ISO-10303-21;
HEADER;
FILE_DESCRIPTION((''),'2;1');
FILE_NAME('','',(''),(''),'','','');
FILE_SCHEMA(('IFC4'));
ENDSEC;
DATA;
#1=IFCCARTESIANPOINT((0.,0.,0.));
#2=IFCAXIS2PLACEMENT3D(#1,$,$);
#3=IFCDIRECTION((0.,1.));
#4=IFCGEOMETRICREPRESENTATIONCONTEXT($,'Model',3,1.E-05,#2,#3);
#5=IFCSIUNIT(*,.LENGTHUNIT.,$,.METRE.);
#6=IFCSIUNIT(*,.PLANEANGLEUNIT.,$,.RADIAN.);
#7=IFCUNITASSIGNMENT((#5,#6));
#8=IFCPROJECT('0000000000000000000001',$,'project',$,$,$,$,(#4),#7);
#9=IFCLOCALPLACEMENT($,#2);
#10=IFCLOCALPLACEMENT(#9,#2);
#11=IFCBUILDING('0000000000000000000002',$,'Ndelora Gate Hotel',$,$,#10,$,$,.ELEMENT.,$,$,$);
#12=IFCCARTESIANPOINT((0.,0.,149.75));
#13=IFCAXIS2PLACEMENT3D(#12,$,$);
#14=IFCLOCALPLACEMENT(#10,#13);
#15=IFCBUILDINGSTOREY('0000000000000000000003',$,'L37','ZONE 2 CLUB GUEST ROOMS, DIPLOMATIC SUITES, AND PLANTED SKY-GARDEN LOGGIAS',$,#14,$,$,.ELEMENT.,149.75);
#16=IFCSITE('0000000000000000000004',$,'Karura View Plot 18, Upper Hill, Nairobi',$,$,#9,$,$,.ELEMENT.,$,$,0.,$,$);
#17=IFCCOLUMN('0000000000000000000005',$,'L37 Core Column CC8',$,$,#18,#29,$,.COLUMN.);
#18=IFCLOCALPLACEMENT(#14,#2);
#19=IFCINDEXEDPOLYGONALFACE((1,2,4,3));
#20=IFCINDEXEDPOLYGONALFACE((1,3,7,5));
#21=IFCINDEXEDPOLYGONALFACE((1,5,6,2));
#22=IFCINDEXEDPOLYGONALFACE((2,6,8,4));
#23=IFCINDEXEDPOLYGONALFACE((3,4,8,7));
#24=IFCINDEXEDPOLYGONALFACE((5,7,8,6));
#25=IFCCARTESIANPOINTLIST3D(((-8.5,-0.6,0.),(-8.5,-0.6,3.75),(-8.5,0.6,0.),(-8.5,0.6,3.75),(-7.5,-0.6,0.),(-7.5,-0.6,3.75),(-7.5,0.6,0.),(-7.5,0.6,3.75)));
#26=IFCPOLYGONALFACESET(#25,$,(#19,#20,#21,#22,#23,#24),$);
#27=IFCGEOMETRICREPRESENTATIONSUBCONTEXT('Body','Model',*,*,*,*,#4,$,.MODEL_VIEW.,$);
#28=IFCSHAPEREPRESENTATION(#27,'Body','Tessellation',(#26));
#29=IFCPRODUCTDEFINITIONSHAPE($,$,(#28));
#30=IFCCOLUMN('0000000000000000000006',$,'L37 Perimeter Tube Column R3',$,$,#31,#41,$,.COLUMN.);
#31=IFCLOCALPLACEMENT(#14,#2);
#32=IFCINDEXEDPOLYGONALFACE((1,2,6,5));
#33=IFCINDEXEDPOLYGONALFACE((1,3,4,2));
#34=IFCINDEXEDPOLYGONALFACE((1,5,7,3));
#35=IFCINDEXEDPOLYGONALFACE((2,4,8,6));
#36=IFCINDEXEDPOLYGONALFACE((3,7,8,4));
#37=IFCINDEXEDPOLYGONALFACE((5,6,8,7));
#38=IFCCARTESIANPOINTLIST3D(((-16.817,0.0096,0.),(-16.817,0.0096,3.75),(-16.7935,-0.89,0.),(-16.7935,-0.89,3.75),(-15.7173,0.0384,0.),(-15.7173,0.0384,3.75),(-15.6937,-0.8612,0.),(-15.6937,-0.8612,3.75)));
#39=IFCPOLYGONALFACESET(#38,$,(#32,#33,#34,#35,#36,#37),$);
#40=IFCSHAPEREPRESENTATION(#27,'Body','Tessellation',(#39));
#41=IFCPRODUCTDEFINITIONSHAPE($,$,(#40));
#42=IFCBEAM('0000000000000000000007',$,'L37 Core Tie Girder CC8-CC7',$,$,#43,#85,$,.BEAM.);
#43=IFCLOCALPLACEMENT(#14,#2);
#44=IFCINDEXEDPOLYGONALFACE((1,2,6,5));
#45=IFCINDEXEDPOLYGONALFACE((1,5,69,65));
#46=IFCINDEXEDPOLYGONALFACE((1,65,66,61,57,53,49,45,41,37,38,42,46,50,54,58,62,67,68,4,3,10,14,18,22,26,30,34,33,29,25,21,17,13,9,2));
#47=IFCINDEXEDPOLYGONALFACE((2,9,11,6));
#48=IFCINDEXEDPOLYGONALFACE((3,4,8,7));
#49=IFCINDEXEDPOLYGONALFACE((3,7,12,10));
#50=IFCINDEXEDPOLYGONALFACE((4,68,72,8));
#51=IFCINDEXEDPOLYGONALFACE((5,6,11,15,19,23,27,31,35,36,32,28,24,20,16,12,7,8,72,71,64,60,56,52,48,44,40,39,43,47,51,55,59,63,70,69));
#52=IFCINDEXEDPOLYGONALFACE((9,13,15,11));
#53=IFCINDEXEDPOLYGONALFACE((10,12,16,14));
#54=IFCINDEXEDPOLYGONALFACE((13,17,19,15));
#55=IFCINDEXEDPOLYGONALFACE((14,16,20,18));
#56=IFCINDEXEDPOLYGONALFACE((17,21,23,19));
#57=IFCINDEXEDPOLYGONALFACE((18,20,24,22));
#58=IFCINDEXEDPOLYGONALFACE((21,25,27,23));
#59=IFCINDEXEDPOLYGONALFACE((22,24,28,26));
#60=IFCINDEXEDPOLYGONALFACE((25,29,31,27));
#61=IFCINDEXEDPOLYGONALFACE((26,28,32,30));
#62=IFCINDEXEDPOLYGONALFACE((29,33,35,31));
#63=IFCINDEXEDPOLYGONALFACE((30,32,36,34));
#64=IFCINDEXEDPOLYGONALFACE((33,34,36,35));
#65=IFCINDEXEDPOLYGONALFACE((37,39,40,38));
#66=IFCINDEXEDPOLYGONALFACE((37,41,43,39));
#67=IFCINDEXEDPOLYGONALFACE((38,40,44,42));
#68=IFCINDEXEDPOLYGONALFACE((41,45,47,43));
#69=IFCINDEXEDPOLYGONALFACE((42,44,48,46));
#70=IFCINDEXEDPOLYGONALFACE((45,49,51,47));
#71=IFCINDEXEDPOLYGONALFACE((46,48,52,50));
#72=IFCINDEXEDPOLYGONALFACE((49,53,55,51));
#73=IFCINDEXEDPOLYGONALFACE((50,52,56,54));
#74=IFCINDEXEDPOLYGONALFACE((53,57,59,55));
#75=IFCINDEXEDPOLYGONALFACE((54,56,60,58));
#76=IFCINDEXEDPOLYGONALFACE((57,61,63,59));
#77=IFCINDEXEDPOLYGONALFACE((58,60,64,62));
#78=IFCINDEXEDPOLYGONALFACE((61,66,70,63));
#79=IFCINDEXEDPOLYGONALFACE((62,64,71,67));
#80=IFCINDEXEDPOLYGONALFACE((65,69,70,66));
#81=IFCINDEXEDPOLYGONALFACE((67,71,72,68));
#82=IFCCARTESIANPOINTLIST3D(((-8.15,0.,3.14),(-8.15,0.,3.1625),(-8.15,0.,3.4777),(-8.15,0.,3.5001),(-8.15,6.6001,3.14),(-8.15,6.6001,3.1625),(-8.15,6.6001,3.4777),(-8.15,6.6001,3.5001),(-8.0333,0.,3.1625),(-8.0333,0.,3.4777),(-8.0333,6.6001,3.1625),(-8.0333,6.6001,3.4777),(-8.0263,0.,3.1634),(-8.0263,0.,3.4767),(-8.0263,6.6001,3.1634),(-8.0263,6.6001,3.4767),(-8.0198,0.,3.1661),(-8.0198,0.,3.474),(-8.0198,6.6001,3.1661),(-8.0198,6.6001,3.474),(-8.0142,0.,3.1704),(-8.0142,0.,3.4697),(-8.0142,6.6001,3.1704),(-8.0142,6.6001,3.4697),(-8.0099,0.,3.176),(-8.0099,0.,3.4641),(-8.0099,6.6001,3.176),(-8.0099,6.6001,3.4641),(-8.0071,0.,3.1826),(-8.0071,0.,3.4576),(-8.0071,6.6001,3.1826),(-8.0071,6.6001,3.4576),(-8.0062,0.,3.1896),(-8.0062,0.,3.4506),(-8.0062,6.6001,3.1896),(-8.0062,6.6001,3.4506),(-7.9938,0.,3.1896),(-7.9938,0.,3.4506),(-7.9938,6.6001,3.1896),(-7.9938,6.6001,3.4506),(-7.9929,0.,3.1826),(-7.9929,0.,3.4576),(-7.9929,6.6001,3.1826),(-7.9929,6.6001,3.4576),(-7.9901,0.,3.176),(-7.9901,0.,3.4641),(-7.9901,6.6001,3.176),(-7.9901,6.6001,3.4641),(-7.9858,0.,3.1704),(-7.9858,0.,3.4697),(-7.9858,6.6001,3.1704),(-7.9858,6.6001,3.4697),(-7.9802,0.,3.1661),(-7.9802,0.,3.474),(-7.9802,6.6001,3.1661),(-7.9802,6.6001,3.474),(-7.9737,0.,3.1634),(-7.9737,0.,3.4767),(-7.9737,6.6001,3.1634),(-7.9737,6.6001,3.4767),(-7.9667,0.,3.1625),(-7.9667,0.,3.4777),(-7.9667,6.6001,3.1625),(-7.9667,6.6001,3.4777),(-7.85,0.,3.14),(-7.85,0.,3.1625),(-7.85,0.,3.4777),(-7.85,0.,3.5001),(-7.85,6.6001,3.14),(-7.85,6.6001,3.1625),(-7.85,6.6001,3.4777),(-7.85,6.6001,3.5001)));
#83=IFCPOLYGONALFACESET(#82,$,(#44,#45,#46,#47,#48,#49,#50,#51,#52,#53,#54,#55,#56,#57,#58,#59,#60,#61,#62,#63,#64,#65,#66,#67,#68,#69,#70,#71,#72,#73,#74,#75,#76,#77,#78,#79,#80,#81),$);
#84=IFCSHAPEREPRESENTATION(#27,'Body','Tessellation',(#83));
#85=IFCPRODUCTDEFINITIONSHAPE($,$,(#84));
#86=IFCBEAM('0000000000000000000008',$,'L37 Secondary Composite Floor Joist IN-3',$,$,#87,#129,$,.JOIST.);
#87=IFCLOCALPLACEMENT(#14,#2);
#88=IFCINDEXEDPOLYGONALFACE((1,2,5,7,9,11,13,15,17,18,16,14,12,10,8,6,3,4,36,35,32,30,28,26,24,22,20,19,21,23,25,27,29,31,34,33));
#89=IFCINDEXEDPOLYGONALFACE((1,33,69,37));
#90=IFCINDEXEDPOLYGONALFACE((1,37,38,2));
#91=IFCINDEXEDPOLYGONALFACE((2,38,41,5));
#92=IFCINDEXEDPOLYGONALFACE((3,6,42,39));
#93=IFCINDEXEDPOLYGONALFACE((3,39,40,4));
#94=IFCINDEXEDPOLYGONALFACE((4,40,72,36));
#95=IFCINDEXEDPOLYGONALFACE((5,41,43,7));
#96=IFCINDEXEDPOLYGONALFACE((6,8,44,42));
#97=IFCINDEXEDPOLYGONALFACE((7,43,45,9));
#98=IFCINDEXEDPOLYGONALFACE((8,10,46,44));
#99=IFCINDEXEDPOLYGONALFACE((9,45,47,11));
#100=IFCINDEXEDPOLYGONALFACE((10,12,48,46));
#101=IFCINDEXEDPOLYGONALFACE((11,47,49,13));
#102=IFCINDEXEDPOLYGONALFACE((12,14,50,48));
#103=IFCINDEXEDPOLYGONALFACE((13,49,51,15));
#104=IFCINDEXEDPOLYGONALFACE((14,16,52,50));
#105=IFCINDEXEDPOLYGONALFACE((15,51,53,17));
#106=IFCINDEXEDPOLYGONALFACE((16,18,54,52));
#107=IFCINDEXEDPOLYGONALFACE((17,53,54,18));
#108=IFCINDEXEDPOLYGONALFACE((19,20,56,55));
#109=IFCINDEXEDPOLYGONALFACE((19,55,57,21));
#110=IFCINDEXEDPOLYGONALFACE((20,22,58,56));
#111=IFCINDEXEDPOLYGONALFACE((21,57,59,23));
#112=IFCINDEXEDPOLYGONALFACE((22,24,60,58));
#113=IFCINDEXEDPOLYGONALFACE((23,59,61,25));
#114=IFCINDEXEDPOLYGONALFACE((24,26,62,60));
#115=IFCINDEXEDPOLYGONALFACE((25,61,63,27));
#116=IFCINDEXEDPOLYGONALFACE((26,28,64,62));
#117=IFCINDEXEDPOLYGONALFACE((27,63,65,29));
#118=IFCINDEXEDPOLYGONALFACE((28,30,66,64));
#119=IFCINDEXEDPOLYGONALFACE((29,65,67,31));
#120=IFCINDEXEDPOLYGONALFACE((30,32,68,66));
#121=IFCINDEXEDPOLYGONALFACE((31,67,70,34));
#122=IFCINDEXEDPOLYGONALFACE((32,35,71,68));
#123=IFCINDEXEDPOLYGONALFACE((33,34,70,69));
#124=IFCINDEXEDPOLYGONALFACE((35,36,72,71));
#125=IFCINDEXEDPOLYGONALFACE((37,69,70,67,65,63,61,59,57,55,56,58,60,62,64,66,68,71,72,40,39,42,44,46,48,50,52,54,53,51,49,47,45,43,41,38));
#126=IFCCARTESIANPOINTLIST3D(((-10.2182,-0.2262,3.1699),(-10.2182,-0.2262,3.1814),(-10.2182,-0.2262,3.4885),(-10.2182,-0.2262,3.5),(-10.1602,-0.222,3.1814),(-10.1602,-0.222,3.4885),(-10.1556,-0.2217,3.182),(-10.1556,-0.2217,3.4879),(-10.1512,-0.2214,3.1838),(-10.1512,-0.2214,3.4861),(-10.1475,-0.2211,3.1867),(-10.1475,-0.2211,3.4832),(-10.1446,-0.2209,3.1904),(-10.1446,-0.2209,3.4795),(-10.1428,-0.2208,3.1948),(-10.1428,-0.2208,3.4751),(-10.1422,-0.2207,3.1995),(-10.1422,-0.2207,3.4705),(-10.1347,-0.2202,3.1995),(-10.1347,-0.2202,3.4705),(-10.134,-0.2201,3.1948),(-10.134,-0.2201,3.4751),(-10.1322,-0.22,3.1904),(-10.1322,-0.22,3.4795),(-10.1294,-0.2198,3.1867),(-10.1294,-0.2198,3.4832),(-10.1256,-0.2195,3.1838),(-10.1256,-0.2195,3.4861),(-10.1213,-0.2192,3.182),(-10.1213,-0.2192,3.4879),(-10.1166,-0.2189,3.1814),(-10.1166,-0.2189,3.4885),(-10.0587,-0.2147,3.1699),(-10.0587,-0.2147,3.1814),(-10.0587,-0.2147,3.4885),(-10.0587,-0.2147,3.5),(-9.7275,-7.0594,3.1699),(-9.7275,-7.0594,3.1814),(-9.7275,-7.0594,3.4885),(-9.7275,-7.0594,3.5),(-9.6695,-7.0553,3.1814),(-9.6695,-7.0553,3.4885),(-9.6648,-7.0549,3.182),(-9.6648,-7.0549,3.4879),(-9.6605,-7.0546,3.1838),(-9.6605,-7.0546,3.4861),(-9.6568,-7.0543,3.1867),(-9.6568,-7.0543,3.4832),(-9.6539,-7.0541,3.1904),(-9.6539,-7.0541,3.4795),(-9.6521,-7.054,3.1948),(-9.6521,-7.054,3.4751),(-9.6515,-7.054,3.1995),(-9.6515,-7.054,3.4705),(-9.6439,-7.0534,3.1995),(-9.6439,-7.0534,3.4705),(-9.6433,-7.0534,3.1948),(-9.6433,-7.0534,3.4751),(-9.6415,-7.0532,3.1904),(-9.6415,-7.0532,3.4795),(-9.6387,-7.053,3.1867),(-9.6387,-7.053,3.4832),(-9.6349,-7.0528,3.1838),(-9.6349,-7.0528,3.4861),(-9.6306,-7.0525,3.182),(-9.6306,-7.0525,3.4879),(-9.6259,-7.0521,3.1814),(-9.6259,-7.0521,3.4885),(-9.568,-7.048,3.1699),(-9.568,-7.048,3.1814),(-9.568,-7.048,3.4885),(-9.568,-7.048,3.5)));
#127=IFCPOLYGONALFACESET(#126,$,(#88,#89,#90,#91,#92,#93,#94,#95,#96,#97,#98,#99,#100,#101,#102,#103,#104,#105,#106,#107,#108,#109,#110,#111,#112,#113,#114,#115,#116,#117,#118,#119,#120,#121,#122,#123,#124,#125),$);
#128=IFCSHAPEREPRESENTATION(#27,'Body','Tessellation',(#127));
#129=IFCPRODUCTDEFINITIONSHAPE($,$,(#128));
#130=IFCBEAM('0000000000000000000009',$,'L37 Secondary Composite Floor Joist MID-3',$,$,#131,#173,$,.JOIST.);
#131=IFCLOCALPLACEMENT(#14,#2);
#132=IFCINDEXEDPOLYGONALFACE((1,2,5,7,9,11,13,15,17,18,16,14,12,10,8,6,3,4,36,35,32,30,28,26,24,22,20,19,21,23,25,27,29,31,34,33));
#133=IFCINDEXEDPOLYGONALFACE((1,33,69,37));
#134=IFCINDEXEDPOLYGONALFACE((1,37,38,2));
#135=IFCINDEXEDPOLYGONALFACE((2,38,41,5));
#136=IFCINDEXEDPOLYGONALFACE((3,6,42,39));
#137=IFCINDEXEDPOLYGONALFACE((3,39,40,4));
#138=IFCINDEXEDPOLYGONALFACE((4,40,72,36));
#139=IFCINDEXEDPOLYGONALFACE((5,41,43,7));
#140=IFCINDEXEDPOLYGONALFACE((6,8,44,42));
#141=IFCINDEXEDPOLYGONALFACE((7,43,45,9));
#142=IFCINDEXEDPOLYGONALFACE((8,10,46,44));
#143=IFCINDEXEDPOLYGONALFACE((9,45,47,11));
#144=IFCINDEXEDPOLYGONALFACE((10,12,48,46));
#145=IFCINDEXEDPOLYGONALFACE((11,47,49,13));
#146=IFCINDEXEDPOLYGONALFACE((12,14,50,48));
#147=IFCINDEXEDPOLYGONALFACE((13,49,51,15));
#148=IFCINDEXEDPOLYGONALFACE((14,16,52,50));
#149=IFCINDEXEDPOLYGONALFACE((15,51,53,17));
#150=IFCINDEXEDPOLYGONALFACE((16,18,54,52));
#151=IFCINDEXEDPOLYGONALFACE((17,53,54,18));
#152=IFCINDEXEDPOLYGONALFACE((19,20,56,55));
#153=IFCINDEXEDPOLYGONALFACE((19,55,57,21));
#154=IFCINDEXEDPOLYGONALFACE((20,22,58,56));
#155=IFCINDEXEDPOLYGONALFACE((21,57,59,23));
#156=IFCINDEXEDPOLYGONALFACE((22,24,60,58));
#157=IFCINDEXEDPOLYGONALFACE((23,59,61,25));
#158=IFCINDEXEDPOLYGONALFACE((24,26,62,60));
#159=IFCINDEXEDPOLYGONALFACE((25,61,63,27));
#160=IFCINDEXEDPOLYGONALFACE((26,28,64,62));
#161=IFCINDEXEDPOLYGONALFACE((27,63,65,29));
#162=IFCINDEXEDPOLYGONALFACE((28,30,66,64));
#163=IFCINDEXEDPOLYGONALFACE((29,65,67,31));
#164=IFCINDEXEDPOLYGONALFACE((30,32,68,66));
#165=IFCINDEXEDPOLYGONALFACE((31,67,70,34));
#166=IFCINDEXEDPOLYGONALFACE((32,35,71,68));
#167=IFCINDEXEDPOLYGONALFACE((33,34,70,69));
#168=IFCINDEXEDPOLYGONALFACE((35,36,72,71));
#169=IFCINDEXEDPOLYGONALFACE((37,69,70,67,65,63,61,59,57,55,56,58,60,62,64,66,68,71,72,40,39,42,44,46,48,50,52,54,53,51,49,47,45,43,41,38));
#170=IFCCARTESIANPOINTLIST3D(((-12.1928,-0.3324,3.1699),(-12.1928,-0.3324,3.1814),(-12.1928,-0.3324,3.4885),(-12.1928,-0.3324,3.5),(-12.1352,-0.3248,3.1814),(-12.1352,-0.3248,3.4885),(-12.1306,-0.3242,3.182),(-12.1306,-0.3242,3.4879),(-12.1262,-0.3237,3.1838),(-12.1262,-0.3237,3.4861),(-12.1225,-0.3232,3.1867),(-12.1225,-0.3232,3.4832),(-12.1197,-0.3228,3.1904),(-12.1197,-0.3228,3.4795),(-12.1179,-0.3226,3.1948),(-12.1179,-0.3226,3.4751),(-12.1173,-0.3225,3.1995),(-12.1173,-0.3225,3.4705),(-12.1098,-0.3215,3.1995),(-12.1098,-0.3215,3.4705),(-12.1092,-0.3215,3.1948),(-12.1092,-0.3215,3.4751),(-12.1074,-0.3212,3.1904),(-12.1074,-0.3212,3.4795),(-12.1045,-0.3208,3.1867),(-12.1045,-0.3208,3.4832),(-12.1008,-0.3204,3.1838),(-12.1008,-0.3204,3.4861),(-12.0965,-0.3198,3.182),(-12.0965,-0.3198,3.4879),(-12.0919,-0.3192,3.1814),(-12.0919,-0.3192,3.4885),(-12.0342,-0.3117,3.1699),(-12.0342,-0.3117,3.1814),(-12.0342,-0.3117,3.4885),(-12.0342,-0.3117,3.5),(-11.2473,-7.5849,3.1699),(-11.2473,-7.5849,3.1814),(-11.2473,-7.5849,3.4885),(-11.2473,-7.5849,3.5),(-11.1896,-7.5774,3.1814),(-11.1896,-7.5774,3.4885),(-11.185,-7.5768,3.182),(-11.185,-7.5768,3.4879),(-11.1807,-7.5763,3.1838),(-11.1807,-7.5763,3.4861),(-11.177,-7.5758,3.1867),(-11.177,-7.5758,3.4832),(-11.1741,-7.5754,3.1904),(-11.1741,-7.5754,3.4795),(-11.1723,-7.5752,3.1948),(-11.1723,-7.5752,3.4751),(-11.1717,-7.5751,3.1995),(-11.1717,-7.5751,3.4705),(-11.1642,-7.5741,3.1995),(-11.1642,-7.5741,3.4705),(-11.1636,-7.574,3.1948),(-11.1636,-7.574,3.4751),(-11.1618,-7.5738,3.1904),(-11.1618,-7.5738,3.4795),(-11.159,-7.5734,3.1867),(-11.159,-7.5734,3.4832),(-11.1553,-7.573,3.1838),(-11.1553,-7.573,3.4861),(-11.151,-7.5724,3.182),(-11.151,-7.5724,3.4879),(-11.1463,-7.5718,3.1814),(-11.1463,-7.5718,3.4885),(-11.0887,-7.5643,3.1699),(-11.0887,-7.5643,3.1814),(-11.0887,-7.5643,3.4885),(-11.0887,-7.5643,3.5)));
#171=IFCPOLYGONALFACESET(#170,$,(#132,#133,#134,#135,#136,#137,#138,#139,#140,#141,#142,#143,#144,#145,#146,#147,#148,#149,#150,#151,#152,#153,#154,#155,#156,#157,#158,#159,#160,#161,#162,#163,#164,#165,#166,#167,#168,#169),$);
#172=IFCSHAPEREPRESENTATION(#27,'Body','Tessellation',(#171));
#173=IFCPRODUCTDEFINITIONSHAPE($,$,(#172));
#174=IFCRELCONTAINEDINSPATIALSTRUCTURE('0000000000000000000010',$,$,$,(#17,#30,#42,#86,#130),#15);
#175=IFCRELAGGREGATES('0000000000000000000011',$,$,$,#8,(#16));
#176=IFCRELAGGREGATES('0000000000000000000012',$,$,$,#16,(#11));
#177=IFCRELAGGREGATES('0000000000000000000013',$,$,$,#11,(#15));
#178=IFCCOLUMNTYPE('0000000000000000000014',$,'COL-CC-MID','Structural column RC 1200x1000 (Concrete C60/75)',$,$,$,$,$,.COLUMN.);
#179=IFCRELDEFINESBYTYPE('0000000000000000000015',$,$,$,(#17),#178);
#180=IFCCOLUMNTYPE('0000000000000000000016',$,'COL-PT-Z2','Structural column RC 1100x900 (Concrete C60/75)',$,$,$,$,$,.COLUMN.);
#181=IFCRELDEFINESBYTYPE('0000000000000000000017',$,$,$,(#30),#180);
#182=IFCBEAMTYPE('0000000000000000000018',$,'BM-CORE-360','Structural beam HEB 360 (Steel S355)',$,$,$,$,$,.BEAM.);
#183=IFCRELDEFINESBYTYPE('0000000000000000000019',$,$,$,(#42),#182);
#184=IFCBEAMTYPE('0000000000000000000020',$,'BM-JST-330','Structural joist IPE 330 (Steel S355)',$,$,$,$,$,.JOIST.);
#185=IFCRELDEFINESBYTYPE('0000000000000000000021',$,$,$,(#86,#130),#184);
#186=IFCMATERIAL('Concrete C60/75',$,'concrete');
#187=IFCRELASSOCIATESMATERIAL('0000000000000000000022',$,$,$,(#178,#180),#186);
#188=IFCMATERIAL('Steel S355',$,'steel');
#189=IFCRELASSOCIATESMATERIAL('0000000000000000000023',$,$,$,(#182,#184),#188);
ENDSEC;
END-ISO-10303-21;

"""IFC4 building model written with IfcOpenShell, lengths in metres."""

from ifc_helpers import new_model, si_unit, direction, frame, origin, origin_2d, place, context, subcontext, project, spatial, rectangle, i_section, extrude, material, material_profile, profile_set, type_object, element, save


model = new_model("IFC4")

# Units and contexts
model_context = context("Model", 3, precision=1e-05, world=origin(), true_north=direction((0.0, 1.0)))
body_context = subcontext(model_context, "Body", "Model", "MODEL_VIEW")
ifc_project = project(units=[si_unit("LENGTHUNIT", "METRE"), si_unit("PLANEANGLEUNIT", "RADIAN")], contexts=[model_context])

# Site, building, storey
site_placement = place(None, origin())
site = spatial("IfcSite", under=ifc_project, at=site_placement, Name="Karura View Plot 18, Upper Hill, Nairobi", CompositionType="ELEMENT", RefElevation=0.0)
building_placement = place(site_placement, origin())
building = spatial("IfcBuilding", under=site, at=building_placement, Name="Ndelora Gate Hotel", CompositionType="ELEMENT")
storey_placement = place(building_placement, frame((0.0, 0.0, 149.75)))
storey = spatial("IfcBuildingStorey", under=building, at=storey_placement, Name="L37", Description="ZONE 2 CLUB GUEST ROOMS, DIPLOMATIC SUITES, AND PLANTED SKY-GARDEN LOGGIAS", CompositionType="ELEMENT", Elevation=149.75)

# Columns
ifc_material_1 = material(Name="Concrete C60/75", Category="concrete")
ifc_material_profile_1 = material_profile(ifc_material_1, rectangle(XDim=1.0, YDim=1.2, at=origin_2d()), Name="RC 1200x1000")
ifc_profile_set_1 = profile_set([ifc_material_profile_1], Name="Concrete C60/75")
column_type_1 = type_object("IfcColumnType", Name="COL-CC-MID", Description="Structural column RC 1200x1000 (Concrete C60/75)", PredefinedType="COLUMN", material=ifc_profile_set_1)
column_1_placement = place(storey_placement, frame((-8.0, 0.0, 0.0), z_axis=(0.0, 0.0, 1.0), x_axis=(1.0, 0.0, 0.0)))
element("IfcColumn", 1, at=column_1_placement, inside=storey, type_object=column_type_1, Name="L37 Core Column CC8", PredefinedType="COLUMN", context=body_context, shape_type="SweptSolid", body=[
    extrude(rectangle(XDim=1.0, YDim=1.2, at=origin_2d()), origin(), (0.0, 0.0, 1.0), 3.75),
])
ifc_material_profile_2 = material_profile(ifc_material_1, rectangle(XDim=0.8999, YDim=1.1001, at=origin_2d()), Name="RC 1100x900")
ifc_profile_set_2 = profile_set([ifc_material_profile_2], Name="Concrete C60/75")
column_type_2 = type_object("IfcColumnType", Name="COL-PT-Z2", Description="Structural column RC 1100x900 (Concrete C60/75)", PredefinedType="COLUMN", material=ifc_profile_set_2)
column_2_placement = place(storey_placement, frame((-16.2554, -0.4258, 0.0), z_axis=(0.0, 0.0, 1.0), x_axis=(-0.026177, 0.999657, 0.0)))
element("IfcColumn", 2, at=column_2_placement, inside=storey, type_object=column_type_2, Name="L37 Perimeter Tube Column R3", PredefinedType="COLUMN", context=body_context, shape_type="SweptSolid", body=[
    extrude(rectangle(XDim=0.8999, YDim=1.1001, at=origin_2d()), origin(), (0.0, 0.0, 1.0), 3.75),
])

# Beams
ifc_material_2 = material(Name="Steel S355", Category="steel")
ifc_material_profile_3 = material_profile(ifc_material_2, i_section(OverallWidth=0.3, OverallDepth=0.3601, WebThickness=0.0125, FlangeThickness=0.0225, FilletRadius=0.0271, at=origin_2d()), Name="HEB 360")
ifc_profile_set_3 = profile_set([ifc_material_profile_3], Name="Steel S355")
beam_type_1 = type_object("IfcBeamType", Name="BM-CORE-360", Description="Structural beam HEB 360 (Steel S355)", PredefinedType="BEAM", material=ifc_profile_set_3)
beam_1_placement = place(storey_placement, frame((-8.0, 0.0, 3.3201), z_axis=(0.0, 1.0, 0.0), x_axis=(-1.0, 0.0, 0.0)))
element("IfcBeam", 3, at=beam_1_placement, inside=storey, type_object=beam_type_1, Name="L37 Core Tie Girder CC8-CC7", PredefinedType="BEAM", context=body_context, shape_type="SweptSolid", body=[
    extrude(i_section(OverallWidth=0.3, OverallDepth=0.3601, WebThickness=0.0125, FlangeThickness=0.0225, FilletRadius=0.0271, at=origin_2d()), origin(), (0.0, 0.0, 1.0), 6.6001),
])
ifc_material_profile_4 = material_profile(ifc_material_2, i_section(OverallWidth=0.1599, OverallDepth=0.3301, WebThickness=0.0076, FlangeThickness=0.0115, FilletRadius=0.0181, at=origin_2d()), Name="IPE 330")
ifc_profile_set_4 = profile_set([ifc_material_profile_4], Name="Steel S355")
beam_type_2 = type_object("IfcBeamType", Name="BM-JST-330", Description="Structural joist IPE 330 (Steel S355)", PredefinedType="JOIST", material=ifc_profile_set_4)
beam_2_placement = place(storey_placement, frame((-10.1384, -0.2205, 3.335), z_axis=(0.071629, -0.997431, 0.0), x_axis=(0.997431, 0.071629, 0.0)))
element("IfcBeam", 4, at=beam_2_placement, inside=storey, type_object=beam_type_2, Name="L37 Secondary Composite Floor Joist IN-3", PredefinedType="JOIST", context=body_context, shape_type="SweptSolid", body=[
    extrude(i_section(OverallWidth=0.1599, OverallDepth=0.3301, WebThickness=0.0076, FlangeThickness=0.0115, FilletRadius=0.0181, at=origin_2d()), origin(), (0.0, 0.0, 1.0), 6.8508),
])
beam_3_placement = place(storey_placement, frame((-12.1135, -0.322, 3.335), z_axis=(0.129279, -0.991608, 0.0), x_axis=(0.991608, 0.129279, 0.0)))
element("IfcBeam", 5, at=beam_3_placement, inside=storey, type_object=beam_type_2, Name="L37 Secondary Composite Floor Joist MID-3", PredefinedType="JOIST", context=body_context, shape_type="SweptSolid", body=[
    extrude(i_section(OverallWidth=0.1599, OverallDepth=0.3301, WebThickness=0.0076, FlangeThickness=0.0115, FilletRadius=0.0181, at=origin_2d()), origin(), (0.0, 0.0, 1.0), 7.314),
])

save(model, "model.ifc")
